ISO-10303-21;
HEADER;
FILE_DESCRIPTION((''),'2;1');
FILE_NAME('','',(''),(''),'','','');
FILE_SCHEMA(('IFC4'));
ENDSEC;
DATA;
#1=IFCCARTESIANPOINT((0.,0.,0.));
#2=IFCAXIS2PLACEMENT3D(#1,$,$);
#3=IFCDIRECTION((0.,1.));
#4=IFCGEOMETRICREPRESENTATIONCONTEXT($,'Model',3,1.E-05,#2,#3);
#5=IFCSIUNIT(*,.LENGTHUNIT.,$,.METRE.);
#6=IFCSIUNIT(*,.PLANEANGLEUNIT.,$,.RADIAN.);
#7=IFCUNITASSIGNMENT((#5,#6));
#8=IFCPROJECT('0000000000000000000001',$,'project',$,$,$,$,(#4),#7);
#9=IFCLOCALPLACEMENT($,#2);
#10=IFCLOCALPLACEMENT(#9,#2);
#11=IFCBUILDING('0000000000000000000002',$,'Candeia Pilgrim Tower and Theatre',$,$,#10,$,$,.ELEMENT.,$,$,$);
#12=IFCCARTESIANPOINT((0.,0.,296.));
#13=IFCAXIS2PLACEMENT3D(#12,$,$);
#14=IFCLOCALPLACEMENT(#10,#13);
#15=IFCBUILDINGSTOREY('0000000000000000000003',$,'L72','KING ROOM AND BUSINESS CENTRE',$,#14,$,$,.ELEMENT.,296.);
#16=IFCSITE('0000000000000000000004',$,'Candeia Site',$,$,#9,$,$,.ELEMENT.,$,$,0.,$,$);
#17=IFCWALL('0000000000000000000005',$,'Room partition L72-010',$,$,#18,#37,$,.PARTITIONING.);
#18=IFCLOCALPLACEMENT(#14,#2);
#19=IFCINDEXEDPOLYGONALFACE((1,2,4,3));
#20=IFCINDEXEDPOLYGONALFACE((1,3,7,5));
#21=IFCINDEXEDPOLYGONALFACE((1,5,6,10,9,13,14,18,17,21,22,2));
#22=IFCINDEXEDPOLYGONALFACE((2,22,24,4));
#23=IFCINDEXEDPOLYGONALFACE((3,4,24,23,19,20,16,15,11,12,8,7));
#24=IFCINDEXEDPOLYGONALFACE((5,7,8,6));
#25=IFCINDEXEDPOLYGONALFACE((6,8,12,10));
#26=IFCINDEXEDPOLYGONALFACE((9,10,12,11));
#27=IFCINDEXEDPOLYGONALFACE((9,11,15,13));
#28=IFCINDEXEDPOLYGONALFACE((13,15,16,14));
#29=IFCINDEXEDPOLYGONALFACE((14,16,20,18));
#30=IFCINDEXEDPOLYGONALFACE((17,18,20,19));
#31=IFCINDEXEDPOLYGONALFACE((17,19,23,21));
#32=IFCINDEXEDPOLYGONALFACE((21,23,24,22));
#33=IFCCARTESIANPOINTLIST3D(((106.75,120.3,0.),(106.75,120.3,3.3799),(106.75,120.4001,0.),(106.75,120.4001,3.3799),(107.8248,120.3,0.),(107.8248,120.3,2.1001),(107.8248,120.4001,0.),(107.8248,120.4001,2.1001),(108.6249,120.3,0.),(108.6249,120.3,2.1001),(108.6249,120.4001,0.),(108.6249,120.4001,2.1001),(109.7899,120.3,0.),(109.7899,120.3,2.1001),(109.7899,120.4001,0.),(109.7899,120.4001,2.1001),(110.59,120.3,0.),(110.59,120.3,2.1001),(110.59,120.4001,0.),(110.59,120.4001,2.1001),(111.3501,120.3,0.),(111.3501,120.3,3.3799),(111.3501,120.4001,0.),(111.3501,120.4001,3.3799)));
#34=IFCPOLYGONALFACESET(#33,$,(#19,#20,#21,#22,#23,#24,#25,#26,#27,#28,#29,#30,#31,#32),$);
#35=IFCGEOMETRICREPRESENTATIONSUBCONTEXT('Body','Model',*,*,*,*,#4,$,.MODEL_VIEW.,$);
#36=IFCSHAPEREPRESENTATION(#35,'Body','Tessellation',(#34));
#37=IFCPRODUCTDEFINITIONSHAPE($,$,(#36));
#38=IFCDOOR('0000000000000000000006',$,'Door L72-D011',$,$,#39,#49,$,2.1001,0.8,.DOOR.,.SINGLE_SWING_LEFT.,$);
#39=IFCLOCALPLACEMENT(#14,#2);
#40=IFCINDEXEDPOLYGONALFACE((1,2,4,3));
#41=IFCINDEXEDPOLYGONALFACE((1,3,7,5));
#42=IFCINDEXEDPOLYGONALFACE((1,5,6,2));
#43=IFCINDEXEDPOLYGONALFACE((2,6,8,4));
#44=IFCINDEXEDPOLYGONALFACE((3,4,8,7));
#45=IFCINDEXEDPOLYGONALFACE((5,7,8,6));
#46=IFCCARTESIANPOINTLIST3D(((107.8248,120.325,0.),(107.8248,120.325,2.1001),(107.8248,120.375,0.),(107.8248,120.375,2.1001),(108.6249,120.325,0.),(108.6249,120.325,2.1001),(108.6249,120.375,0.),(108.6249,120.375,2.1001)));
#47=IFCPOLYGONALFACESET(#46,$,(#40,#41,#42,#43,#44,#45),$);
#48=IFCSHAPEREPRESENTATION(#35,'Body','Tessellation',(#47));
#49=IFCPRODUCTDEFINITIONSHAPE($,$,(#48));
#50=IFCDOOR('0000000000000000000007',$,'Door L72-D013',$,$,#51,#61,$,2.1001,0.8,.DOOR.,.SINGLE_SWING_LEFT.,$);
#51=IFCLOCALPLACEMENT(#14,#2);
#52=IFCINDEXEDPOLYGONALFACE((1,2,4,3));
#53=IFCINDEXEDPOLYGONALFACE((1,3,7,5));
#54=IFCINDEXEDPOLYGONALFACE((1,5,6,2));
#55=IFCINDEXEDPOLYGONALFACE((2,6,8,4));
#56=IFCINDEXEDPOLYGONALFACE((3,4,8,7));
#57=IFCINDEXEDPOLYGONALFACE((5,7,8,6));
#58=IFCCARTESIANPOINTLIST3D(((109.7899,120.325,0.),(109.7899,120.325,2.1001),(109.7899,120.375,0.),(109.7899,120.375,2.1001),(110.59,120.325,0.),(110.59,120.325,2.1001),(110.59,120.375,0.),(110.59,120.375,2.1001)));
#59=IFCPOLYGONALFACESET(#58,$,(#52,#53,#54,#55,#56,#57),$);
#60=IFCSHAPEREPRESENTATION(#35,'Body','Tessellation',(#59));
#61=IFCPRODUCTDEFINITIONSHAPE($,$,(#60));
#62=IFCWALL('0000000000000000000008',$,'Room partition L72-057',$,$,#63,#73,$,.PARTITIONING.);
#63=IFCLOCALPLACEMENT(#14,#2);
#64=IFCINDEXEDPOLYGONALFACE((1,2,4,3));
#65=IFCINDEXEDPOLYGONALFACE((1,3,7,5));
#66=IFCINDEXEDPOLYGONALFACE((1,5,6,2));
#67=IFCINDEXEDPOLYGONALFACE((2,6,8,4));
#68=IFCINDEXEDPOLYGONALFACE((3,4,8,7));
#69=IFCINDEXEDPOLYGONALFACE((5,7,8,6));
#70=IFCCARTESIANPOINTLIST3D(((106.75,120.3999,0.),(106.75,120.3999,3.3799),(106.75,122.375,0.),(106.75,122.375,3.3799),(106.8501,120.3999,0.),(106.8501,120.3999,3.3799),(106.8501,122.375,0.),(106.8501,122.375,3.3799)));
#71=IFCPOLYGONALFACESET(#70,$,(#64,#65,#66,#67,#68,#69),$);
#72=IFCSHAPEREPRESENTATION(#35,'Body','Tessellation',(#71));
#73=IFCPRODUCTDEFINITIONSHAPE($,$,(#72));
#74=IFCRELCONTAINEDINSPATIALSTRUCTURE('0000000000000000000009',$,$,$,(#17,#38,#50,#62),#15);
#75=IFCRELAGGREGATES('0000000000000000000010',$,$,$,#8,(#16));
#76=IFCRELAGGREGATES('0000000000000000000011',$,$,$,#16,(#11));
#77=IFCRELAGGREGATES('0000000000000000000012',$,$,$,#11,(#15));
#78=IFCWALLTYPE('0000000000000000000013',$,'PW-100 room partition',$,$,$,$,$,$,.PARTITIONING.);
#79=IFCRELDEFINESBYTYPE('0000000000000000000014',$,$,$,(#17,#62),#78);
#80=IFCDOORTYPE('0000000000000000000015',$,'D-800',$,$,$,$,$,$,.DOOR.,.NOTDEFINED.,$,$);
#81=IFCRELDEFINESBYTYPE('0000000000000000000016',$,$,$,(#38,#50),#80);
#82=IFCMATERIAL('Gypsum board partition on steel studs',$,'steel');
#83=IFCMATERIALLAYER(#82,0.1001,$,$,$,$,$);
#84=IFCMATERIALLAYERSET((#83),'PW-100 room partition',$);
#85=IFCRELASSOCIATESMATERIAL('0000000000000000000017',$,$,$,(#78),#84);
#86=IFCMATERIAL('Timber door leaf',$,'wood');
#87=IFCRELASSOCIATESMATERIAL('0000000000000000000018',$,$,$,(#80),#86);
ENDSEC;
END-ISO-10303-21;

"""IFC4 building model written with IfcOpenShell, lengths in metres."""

from ifc_helpers import new_model, si_unit, direction, frame, frame_2d, origin, place, context, subcontext, project, spatial, rectangle, extrude, material, layer, layer_set, type_object, element, fill, save


model = new_model("IFC4")

# Units and contexts
model_context = context("Model", 3, precision=1e-05, world=origin(), true_north=direction((0.0, 1.0)))
body_context = subcontext(model_context, "Body", "Model", "MODEL_VIEW")
ifc_project = project(units=[si_unit("LENGTHUNIT", "METRE"), si_unit("PLANEANGLEUNIT", "RADIAN")], contexts=[model_context])

# Site, building, storey
site_placement = place(None, origin())
site = spatial("IfcSite", under=ifc_project, at=site_placement, Name="Candeia Site", CompositionType="ELEMENT", RefElevation=0.0)
building_placement = place(site_placement, origin())
building = spatial("IfcBuilding", under=site, at=building_placement, Name="Candeia Pilgrim Tower and Theatre", CompositionType="ELEMENT")
storey_placement = place(building_placement, frame((0.0, 0.0, 296.0)))
storey = spatial("IfcBuildingStorey", under=building, at=storey_placement, Name="L72", Description="KING ROOM AND BUSINESS CENTRE", CompositionType="ELEMENT", Elevation=296.0)

# Wall, openings, doors
ifc_material_1 = material(Name="Gypsum board partition on steel studs", Category="steel")
ifc_layer_1 = layer(ifc_material_1, 0.1001)
ifc_layer_set_1 = layer_set([ifc_layer_1], Name="PW-100 room partition")
wall_type_1 = type_object("IfcWallType", Name="PW-100 room partition", PredefinedType="PARTITIONING", material=ifc_layer_set_1)
wall_1_placement = place(storey_placement, frame((106.75, 120.3501, 0.0), z_axis=(0.0, 0.0, 1.0), x_axis=(1.0, 0.0, 0.0)))
wall_1 = element("IfcWall", 1, at=wall_1_placement, inside=storey, type_object=wall_type_1, Name="Room partition L72-010", PredefinedType="PARTITIONING", context=body_context, shape_type="SweptSolid", body=[
    extrude(rectangle(XDim=4.6001, YDim=0.1001, at=frame_2d((2.3, 0.0))), origin(), (0.0, 0.0, 1.0), 3.3799),
])
opening_1_placement = place(wall_1_placement, frame((1.075, 0.0, 0.0)))
opening_1 = element("IfcOpeningElement", 2, at=opening_1_placement, cuts=wall_1, PredefinedType="OPENING", context=body_context, shape_type="SweptSolid", body=[
    extrude(rectangle(XDim=0.8, YDim=2.1001, at=frame_2d((0.3999, 1.05))), frame((0.0, 0.0601, 0.0), z_axis=(0.0, -1.0, 0.0), x_axis=(1.0, 0.0, 0.0)), (0.0, 0.0, 1.0), 0.1201),
])
opening_2_placement = place(wall_1_placement, frame((3.04, 0.0, 0.0)))
opening_2 = element("IfcOpeningElement", 3, at=opening_2_placement, cuts=wall_1, PredefinedType="OPENING", context=body_context, shape_type="SweptSolid", body=[
    extrude(rectangle(XDim=0.8, YDim=2.1001, at=frame_2d((0.3999, 1.05))), frame((0.0, 0.0601, 0.0), z_axis=(0.0, -1.0, 0.0), x_axis=(1.0, 0.0, 0.0)), (0.0, 0.0, 1.0), 0.1201),
])
ifc_material_2 = material(Name="Timber door leaf", Category="wood")
door_type_1 = type_object("IfcDoorType", Name="D-800", OperationType="NOTDEFINED", PredefinedType="DOOR", material=ifc_material_2)
door_1_placement = place(opening_1_placement, origin())
door_1 = element("IfcDoor", 4, at=door_1_placement, inside=storey, type_object=door_type_1, Name="Door L72-D011", OperationType="SINGLE_SWING_LEFT", OverallHeight=2.1001, OverallWidth=0.8, PredefinedType="DOOR", context=body_context, shape_type="SweptSolid", body=[
    extrude(rectangle(XDim=0.8, YDim=2.1001, at=frame_2d((0.3999, 1.05))), frame((0.0, 0.0249, 0.0), z_axis=(0.0, -1.0, 0.0), x_axis=(1.0, 0.0, 0.0)), (0.0, 0.0, 1.0), 0.05),
])
fill(opening_1, door_1)
door_2_placement = place(opening_2_placement, origin())
door_2 = element("IfcDoor", 5, at=door_2_placement, inside=storey, type_object=door_type_1, Name="Door L72-D013", OperationType="SINGLE_SWING_LEFT", OverallHeight=2.1001, OverallWidth=0.8, PredefinedType="DOOR", context=body_context, shape_type="SweptSolid", body=[
    extrude(rectangle(XDim=0.8, YDim=2.1001, at=frame_2d((0.3999, 1.05))), frame((0.0, 0.0249, 0.0), z_axis=(0.0, -1.0, 0.0), x_axis=(1.0, 0.0, 0.0)), (0.0, 0.0, 1.0), 0.05),
])
fill(opening_2, door_2)

# Wall
wall_2_placement = place(storey_placement, frame((106.8, 120.3999, 0.0), z_axis=(0.0, 0.0, 1.0), x_axis=(0.0, 1.0, 0.0)))
element("IfcWall", 6, at=wall_2_placement, inside=storey, type_object=wall_type_1, Name="Room partition L72-057", PredefinedType="PARTITIONING", context=body_context, shape_type="SweptSolid", body=[
    extrude(rectangle(XDim=1.9751, YDim=0.1001, at=frame_2d((0.9875, 0.0))), origin(), (0.0, 0.0, 1.0), 3.3799),
])

save(model, "model.ifc")
